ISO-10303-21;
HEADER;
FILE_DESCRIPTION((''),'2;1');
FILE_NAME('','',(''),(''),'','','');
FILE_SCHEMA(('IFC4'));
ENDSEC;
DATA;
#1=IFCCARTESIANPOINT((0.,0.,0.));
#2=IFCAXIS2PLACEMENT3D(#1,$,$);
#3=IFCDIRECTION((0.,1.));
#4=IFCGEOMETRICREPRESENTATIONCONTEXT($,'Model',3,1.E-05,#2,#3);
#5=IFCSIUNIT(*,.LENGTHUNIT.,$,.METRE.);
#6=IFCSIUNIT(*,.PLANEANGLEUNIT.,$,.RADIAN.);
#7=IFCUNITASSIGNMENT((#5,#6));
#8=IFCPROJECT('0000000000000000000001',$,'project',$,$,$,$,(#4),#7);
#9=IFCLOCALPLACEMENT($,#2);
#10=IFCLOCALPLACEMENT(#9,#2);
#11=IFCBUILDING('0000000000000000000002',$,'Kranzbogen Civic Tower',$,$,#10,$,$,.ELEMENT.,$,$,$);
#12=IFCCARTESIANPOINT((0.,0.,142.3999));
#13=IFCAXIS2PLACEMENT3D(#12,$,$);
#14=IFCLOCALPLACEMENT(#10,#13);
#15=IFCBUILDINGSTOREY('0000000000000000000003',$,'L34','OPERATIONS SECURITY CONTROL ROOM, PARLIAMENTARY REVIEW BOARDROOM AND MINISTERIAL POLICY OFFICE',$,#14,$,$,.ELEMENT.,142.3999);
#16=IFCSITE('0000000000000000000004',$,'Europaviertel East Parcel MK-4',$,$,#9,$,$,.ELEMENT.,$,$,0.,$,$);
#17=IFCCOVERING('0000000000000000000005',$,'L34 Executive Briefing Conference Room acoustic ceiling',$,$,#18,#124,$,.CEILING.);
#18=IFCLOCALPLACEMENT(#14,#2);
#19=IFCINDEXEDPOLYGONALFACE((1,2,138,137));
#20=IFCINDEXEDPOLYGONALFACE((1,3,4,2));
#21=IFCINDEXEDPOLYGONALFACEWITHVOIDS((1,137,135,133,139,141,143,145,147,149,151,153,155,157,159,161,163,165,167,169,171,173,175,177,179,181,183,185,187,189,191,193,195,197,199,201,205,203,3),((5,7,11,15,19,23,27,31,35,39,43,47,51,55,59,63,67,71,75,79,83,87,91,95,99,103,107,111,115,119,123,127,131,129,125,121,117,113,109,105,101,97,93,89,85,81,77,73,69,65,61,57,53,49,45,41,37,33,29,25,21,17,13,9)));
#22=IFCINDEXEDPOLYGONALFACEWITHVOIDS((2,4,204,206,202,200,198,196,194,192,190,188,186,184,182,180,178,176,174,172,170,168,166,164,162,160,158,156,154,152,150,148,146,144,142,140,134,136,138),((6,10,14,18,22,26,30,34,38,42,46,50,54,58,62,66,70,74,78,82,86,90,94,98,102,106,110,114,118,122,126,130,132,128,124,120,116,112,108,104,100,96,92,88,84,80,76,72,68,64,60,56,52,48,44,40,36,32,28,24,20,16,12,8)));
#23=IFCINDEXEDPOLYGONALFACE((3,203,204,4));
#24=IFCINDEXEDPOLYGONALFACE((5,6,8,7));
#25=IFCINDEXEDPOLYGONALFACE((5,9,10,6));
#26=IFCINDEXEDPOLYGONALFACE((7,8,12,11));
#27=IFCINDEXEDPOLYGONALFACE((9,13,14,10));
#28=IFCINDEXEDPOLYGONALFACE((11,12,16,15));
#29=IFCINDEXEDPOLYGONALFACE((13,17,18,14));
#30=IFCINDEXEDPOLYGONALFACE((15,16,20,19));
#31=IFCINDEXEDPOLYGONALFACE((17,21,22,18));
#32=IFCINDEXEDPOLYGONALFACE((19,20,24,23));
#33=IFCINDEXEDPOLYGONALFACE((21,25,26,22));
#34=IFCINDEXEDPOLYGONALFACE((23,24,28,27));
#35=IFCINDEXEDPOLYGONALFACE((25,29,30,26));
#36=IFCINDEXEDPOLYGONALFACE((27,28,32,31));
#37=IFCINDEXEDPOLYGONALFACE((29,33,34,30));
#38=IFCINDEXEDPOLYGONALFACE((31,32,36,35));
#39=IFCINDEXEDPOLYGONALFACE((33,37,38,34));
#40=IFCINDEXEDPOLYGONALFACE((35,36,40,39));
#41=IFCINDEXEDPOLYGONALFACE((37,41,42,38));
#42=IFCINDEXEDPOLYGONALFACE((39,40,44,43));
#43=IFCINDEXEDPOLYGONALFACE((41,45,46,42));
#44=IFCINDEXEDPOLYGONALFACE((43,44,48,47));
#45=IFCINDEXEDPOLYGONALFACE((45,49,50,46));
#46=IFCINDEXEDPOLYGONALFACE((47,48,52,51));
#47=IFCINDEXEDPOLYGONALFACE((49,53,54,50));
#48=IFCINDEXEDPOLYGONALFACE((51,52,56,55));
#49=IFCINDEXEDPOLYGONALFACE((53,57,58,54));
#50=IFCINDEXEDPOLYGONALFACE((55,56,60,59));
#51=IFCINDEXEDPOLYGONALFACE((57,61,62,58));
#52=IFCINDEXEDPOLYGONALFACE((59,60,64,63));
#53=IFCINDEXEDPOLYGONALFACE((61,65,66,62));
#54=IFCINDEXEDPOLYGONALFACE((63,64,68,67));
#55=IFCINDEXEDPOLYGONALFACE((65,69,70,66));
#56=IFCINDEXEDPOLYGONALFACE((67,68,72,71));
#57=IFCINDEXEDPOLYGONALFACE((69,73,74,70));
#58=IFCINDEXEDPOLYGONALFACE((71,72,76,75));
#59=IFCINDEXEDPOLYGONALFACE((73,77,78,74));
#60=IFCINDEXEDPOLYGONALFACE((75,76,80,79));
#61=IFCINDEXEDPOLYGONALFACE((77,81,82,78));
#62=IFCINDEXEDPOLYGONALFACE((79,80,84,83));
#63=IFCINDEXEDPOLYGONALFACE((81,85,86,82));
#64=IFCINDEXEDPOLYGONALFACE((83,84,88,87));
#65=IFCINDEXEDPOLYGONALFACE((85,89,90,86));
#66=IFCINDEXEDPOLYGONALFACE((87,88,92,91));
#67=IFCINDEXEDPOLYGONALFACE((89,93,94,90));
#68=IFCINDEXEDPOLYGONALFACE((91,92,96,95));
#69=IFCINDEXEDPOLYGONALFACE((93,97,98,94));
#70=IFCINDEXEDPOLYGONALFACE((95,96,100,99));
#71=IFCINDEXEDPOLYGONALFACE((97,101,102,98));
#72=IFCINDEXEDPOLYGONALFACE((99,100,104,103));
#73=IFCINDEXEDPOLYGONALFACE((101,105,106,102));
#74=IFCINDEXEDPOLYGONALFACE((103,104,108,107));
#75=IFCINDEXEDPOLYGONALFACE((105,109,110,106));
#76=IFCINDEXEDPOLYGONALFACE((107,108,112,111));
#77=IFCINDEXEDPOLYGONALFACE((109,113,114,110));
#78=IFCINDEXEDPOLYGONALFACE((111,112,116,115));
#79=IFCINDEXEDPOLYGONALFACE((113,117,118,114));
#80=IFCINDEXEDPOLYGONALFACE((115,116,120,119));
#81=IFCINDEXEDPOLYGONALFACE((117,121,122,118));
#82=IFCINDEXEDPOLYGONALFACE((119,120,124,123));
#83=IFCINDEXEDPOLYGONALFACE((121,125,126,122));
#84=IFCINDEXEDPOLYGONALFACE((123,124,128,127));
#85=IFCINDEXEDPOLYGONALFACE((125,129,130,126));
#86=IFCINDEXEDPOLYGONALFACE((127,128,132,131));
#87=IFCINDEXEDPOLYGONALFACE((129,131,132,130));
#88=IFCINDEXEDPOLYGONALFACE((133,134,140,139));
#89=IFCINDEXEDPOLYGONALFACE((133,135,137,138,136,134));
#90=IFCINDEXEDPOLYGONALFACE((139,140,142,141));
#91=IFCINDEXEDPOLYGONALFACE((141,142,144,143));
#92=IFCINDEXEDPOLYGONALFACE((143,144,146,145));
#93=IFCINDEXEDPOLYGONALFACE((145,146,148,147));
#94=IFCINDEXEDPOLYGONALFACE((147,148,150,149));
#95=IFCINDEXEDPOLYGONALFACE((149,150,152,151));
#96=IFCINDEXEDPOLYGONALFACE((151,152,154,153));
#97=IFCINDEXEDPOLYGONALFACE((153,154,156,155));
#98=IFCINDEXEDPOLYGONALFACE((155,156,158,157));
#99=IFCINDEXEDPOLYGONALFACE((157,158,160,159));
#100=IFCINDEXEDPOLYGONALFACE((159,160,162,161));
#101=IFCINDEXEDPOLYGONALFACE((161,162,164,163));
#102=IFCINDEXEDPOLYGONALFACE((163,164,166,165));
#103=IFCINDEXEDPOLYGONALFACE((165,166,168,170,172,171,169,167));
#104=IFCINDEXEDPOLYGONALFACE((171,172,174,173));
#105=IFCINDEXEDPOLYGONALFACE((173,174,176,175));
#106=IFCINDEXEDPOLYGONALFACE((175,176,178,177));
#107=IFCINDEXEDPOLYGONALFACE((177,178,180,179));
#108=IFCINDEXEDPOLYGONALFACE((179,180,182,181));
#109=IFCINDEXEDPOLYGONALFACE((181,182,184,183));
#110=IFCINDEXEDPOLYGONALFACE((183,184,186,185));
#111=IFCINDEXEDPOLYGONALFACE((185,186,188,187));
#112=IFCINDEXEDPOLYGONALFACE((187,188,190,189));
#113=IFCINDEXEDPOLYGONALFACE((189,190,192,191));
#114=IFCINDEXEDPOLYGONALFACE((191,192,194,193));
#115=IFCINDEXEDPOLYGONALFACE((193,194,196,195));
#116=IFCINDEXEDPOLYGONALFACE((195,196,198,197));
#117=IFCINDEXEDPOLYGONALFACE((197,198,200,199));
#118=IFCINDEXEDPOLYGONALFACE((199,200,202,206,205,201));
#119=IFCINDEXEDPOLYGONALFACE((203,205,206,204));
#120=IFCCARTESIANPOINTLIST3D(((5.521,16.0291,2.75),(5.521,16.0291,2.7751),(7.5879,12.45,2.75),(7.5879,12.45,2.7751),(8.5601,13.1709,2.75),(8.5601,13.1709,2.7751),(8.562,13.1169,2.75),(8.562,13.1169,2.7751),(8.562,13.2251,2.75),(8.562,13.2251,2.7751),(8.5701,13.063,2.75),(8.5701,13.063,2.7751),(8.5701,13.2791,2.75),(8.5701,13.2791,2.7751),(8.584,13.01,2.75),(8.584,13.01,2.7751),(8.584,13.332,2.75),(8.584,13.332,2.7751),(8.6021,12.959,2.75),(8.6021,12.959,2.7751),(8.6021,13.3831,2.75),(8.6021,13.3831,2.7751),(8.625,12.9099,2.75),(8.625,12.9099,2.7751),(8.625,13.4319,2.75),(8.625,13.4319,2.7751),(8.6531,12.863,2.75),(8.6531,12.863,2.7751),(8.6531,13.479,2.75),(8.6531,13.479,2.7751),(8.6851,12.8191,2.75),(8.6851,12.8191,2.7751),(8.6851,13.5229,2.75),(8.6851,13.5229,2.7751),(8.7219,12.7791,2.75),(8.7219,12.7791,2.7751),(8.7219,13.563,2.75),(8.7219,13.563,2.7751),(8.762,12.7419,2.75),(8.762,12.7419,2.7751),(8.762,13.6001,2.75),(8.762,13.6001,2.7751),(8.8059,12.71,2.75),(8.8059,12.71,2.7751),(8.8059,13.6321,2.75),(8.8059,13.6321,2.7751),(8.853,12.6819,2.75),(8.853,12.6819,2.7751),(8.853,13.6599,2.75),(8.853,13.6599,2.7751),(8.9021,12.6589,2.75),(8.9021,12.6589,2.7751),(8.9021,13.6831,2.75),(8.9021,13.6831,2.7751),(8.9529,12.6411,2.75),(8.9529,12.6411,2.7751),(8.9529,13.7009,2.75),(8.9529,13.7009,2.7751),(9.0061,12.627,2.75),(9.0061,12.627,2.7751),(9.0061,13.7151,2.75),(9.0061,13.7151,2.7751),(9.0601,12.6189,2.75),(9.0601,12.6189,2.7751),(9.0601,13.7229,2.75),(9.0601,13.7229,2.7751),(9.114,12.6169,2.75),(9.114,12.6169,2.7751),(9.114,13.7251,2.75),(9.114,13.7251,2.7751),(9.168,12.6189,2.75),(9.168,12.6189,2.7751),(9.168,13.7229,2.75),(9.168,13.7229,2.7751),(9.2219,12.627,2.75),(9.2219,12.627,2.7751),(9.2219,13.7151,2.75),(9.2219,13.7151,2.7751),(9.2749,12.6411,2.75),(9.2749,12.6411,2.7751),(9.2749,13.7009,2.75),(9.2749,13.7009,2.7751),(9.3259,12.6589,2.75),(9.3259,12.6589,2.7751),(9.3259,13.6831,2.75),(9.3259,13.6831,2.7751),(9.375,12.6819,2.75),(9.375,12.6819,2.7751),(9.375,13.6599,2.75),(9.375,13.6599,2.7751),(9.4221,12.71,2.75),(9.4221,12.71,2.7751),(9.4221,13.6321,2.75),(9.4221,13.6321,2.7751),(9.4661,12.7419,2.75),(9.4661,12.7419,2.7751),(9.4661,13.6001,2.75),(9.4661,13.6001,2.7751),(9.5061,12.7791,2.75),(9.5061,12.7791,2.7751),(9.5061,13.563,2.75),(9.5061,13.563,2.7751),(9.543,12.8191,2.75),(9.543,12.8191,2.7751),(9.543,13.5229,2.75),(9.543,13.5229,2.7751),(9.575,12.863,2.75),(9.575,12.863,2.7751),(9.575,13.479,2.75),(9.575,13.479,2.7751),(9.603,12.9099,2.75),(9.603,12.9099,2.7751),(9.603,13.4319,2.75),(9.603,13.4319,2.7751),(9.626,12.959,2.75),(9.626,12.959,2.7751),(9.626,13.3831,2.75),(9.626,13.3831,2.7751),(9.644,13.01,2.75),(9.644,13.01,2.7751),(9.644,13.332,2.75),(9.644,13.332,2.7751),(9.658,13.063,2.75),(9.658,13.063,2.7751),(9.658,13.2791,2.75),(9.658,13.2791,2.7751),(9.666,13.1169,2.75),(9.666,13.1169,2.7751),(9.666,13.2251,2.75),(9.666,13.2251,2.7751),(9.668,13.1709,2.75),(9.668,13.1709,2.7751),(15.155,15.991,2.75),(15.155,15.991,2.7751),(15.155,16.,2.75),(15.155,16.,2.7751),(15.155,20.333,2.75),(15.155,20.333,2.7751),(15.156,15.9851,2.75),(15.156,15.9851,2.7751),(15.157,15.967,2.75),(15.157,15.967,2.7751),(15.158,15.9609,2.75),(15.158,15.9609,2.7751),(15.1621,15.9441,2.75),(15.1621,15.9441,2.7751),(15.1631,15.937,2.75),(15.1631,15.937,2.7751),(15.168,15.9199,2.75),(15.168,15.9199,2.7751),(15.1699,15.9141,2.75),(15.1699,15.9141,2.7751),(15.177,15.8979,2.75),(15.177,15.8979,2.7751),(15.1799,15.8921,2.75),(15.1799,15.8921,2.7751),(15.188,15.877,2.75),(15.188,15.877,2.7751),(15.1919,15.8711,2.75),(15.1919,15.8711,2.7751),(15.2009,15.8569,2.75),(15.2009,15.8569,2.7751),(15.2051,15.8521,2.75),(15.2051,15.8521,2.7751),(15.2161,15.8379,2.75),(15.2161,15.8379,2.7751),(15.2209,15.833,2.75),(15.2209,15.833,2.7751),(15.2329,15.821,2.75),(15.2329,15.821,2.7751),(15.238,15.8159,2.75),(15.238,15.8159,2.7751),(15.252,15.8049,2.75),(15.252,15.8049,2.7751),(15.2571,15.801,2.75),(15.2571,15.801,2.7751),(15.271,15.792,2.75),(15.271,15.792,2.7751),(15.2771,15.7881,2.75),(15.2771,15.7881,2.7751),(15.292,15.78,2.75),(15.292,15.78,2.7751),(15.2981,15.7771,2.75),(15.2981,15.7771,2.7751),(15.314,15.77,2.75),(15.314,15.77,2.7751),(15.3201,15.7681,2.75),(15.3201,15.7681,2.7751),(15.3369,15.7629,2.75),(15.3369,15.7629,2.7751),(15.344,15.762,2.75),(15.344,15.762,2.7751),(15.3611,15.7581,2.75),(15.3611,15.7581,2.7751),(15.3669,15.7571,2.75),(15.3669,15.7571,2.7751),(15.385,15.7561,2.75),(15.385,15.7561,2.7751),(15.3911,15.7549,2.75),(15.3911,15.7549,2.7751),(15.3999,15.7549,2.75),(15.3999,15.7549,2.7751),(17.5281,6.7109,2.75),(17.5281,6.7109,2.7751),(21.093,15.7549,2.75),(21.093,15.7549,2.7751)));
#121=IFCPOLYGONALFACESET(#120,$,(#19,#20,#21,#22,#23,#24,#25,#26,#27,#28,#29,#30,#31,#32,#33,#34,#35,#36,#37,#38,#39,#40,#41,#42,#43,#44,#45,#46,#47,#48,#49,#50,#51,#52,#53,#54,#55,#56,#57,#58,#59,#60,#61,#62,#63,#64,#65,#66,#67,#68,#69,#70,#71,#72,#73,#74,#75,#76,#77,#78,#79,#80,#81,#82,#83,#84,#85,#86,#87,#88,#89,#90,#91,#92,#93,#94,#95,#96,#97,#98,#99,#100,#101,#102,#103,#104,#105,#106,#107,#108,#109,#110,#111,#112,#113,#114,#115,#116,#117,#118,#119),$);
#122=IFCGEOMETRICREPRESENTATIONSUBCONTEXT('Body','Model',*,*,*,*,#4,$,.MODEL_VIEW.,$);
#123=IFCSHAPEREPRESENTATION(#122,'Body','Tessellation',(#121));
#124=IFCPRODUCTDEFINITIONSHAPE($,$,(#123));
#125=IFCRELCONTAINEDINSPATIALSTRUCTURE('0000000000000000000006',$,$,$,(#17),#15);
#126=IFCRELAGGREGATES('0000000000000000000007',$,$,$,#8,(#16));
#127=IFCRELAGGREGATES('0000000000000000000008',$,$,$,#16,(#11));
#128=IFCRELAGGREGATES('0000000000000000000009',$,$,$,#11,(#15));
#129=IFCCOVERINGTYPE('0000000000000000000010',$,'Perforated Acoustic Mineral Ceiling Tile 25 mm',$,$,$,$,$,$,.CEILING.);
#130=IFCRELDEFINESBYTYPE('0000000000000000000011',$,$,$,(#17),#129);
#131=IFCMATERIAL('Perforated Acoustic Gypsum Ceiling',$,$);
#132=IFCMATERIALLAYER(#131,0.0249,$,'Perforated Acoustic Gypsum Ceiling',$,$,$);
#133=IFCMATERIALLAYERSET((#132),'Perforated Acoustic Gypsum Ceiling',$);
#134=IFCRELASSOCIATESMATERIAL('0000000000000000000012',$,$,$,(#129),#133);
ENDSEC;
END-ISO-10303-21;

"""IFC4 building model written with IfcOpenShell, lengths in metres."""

from ifc_helpers import new_model, si_unit, direction, frame, origin, place, context, subcontext, project, spatial, polyline, outline, extrude, material, layer, layer_set, type_object, element, save


model = new_model("IFC4")

# Units and contexts
model_context = context("Model", 3, precision=1e-05, world=origin(), true_north=direction((0.0, 1.0)))
body_context = subcontext(model_context, "Body", "Model", "MODEL_VIEW")
ifc_project = project(units=[si_unit("LENGTHUNIT", "METRE"), si_unit("PLANEANGLEUNIT", "RADIAN")], contexts=[model_context])

# Site, building, storey
site_placement = place(None, origin())
site = spatial("IfcSite", under=ifc_project, at=site_placement, Name="Europaviertel East Parcel MK-4", CompositionType="ELEMENT", RefElevation=0.0)
building_placement = place(site_placement, origin())
building = spatial("IfcBuilding", under=site, at=building_placement, Name="Kranzbogen Civic Tower", CompositionType="ELEMENT")
storey_placement = place(building_placement, frame((0.0, 0.0, 142.3999)))
storey = spatial("IfcBuildingStorey", under=building, at=storey_placement, Name="L34", Description="OPERATIONS SECURITY CONTROL ROOM, PARLIAMENTARY REVIEW BOARDROOM AND MINISTERIAL POLICY OFFICE", CompositionType="ELEMENT", Elevation=142.3999)

# Covering
ifc_material_1 = material(Name="Perforated Acoustic Gypsum Ceiling")
ifc_layer_1 = layer(ifc_material_1, 0.0249, Name="Perforated Acoustic Gypsum Ceiling")
ifc_layer_set_1 = layer_set([ifc_layer_1], Name="Perforated Acoustic Gypsum Ceiling")
covering_type = type_object("IfcCoveringType", Name="Perforated Acoustic Mineral Ceiling Tile 25 mm", PredefinedType="CEILING", material=ifc_layer_set_1)
covering_1_placement = place(storey_placement, frame((0.0, 0.0, 2.75)))
element("IfcCovering", 1, at=covering_1_placement, inside=storey, type_object=covering_type, Name="L34 Executive Briefing Conference Room acoustic ceiling", PredefinedType="CEILING", context=body_context, shape_type="SweptSolid", body=[
    extrude(outline(polyline([(5.521, 16.0291), (15.155, 20.333), (15.155, 16.0), (15.155, 15.991), (15.156, 15.9851), (15.157, 15.967), (15.158, 15.9609), (15.1621, 15.9441), (15.1631, 15.937), (15.168, 15.9199), (15.1699, 15.9141), (15.177, 15.8979), (15.1799, 15.8921), (15.188, 15.877), (15.1919, 15.8711), (15.2009, 15.8569), (15.2051, 15.8521), (15.2161, 15.8379), (15.2209, 15.833), (15.2329, 15.821), (15.238, 15.8159), (15.252, 15.8049), (15.2571, 15.801), (15.271, 15.792), (15.2771, 15.7881), (15.292, 15.78), (15.2981, 15.7771), (15.314, 15.77), (15.3201, 15.7681), (15.3369, 15.7629), (15.344, 15.762), (15.3611, 15.7581), (15.3669, 15.7571), (15.385, 15.7561), (15.3911, 15.7549), (15.3999, 15.7549), (21.093, 15.7549), (17.5281, 6.7109), (7.5879, 12.45), (5.521, 16.0291)]), holes=[polyline([(9.626, 12.959), (9.603, 12.9099), (9.575, 12.863), (9.543, 12.8191), (9.5061, 12.7791), (9.4661, 12.7419), (9.4221, 12.71), (9.375, 12.6819), (9.3259, 12.6589), (9.2749, 12.6411), (9.2219, 12.627), (9.168, 12.6189), (9.114, 12.6169), (9.0601, 12.6189), (9.0061, 12.627), (8.9529, 12.6411), (8.9021, 12.6589), (8.853, 12.6819), (8.8059, 12.71), (8.762, 12.7419), (8.7219, 12.7791), (8.6851, 12.8191), (8.6531, 12.863), (8.625, 12.9099), (8.6021, 12.959), (8.584, 13.01), (8.5701, 13.063), (8.562, 13.1169), (8.5601, 13.1709), (8.562, 13.2251), (8.5701, 13.2791), (8.584, 13.332), (8.6021, 13.3831), (8.625, 13.4319), (8.6531, 13.479), (8.6851, 13.5229), (8.7219, 13.563), (8.762, 13.6001), (8.8059, 13.6321), (8.853, 13.6599), (8.9021, 13.6831), (8.9529, 13.7009), (9.0061, 13.7151), (9.0601, 13.7229), (9.114, 13.7251), (9.168, 13.7229), (9.2219, 13.7151), (9.2749, 13.7009), (9.3259, 13.6831), (9.375, 13.6599), (9.4221, 13.6321), (9.4661, 13.6001), (9.5061, 13.563), (9.543, 13.5229), (9.575, 13.479), (9.603, 13.4319), (9.626, 13.3831), (9.644, 13.332), (9.658, 13.2791), (9.666, 13.2251), (9.668, 13.1709), (9.666, 13.1169), (9.658, 13.063), (9.644, 13.01), (9.626, 12.959)])]), origin(), (0.0, 0.0, 1.0), 0.0251),
])

save(model, "model.ifc")
